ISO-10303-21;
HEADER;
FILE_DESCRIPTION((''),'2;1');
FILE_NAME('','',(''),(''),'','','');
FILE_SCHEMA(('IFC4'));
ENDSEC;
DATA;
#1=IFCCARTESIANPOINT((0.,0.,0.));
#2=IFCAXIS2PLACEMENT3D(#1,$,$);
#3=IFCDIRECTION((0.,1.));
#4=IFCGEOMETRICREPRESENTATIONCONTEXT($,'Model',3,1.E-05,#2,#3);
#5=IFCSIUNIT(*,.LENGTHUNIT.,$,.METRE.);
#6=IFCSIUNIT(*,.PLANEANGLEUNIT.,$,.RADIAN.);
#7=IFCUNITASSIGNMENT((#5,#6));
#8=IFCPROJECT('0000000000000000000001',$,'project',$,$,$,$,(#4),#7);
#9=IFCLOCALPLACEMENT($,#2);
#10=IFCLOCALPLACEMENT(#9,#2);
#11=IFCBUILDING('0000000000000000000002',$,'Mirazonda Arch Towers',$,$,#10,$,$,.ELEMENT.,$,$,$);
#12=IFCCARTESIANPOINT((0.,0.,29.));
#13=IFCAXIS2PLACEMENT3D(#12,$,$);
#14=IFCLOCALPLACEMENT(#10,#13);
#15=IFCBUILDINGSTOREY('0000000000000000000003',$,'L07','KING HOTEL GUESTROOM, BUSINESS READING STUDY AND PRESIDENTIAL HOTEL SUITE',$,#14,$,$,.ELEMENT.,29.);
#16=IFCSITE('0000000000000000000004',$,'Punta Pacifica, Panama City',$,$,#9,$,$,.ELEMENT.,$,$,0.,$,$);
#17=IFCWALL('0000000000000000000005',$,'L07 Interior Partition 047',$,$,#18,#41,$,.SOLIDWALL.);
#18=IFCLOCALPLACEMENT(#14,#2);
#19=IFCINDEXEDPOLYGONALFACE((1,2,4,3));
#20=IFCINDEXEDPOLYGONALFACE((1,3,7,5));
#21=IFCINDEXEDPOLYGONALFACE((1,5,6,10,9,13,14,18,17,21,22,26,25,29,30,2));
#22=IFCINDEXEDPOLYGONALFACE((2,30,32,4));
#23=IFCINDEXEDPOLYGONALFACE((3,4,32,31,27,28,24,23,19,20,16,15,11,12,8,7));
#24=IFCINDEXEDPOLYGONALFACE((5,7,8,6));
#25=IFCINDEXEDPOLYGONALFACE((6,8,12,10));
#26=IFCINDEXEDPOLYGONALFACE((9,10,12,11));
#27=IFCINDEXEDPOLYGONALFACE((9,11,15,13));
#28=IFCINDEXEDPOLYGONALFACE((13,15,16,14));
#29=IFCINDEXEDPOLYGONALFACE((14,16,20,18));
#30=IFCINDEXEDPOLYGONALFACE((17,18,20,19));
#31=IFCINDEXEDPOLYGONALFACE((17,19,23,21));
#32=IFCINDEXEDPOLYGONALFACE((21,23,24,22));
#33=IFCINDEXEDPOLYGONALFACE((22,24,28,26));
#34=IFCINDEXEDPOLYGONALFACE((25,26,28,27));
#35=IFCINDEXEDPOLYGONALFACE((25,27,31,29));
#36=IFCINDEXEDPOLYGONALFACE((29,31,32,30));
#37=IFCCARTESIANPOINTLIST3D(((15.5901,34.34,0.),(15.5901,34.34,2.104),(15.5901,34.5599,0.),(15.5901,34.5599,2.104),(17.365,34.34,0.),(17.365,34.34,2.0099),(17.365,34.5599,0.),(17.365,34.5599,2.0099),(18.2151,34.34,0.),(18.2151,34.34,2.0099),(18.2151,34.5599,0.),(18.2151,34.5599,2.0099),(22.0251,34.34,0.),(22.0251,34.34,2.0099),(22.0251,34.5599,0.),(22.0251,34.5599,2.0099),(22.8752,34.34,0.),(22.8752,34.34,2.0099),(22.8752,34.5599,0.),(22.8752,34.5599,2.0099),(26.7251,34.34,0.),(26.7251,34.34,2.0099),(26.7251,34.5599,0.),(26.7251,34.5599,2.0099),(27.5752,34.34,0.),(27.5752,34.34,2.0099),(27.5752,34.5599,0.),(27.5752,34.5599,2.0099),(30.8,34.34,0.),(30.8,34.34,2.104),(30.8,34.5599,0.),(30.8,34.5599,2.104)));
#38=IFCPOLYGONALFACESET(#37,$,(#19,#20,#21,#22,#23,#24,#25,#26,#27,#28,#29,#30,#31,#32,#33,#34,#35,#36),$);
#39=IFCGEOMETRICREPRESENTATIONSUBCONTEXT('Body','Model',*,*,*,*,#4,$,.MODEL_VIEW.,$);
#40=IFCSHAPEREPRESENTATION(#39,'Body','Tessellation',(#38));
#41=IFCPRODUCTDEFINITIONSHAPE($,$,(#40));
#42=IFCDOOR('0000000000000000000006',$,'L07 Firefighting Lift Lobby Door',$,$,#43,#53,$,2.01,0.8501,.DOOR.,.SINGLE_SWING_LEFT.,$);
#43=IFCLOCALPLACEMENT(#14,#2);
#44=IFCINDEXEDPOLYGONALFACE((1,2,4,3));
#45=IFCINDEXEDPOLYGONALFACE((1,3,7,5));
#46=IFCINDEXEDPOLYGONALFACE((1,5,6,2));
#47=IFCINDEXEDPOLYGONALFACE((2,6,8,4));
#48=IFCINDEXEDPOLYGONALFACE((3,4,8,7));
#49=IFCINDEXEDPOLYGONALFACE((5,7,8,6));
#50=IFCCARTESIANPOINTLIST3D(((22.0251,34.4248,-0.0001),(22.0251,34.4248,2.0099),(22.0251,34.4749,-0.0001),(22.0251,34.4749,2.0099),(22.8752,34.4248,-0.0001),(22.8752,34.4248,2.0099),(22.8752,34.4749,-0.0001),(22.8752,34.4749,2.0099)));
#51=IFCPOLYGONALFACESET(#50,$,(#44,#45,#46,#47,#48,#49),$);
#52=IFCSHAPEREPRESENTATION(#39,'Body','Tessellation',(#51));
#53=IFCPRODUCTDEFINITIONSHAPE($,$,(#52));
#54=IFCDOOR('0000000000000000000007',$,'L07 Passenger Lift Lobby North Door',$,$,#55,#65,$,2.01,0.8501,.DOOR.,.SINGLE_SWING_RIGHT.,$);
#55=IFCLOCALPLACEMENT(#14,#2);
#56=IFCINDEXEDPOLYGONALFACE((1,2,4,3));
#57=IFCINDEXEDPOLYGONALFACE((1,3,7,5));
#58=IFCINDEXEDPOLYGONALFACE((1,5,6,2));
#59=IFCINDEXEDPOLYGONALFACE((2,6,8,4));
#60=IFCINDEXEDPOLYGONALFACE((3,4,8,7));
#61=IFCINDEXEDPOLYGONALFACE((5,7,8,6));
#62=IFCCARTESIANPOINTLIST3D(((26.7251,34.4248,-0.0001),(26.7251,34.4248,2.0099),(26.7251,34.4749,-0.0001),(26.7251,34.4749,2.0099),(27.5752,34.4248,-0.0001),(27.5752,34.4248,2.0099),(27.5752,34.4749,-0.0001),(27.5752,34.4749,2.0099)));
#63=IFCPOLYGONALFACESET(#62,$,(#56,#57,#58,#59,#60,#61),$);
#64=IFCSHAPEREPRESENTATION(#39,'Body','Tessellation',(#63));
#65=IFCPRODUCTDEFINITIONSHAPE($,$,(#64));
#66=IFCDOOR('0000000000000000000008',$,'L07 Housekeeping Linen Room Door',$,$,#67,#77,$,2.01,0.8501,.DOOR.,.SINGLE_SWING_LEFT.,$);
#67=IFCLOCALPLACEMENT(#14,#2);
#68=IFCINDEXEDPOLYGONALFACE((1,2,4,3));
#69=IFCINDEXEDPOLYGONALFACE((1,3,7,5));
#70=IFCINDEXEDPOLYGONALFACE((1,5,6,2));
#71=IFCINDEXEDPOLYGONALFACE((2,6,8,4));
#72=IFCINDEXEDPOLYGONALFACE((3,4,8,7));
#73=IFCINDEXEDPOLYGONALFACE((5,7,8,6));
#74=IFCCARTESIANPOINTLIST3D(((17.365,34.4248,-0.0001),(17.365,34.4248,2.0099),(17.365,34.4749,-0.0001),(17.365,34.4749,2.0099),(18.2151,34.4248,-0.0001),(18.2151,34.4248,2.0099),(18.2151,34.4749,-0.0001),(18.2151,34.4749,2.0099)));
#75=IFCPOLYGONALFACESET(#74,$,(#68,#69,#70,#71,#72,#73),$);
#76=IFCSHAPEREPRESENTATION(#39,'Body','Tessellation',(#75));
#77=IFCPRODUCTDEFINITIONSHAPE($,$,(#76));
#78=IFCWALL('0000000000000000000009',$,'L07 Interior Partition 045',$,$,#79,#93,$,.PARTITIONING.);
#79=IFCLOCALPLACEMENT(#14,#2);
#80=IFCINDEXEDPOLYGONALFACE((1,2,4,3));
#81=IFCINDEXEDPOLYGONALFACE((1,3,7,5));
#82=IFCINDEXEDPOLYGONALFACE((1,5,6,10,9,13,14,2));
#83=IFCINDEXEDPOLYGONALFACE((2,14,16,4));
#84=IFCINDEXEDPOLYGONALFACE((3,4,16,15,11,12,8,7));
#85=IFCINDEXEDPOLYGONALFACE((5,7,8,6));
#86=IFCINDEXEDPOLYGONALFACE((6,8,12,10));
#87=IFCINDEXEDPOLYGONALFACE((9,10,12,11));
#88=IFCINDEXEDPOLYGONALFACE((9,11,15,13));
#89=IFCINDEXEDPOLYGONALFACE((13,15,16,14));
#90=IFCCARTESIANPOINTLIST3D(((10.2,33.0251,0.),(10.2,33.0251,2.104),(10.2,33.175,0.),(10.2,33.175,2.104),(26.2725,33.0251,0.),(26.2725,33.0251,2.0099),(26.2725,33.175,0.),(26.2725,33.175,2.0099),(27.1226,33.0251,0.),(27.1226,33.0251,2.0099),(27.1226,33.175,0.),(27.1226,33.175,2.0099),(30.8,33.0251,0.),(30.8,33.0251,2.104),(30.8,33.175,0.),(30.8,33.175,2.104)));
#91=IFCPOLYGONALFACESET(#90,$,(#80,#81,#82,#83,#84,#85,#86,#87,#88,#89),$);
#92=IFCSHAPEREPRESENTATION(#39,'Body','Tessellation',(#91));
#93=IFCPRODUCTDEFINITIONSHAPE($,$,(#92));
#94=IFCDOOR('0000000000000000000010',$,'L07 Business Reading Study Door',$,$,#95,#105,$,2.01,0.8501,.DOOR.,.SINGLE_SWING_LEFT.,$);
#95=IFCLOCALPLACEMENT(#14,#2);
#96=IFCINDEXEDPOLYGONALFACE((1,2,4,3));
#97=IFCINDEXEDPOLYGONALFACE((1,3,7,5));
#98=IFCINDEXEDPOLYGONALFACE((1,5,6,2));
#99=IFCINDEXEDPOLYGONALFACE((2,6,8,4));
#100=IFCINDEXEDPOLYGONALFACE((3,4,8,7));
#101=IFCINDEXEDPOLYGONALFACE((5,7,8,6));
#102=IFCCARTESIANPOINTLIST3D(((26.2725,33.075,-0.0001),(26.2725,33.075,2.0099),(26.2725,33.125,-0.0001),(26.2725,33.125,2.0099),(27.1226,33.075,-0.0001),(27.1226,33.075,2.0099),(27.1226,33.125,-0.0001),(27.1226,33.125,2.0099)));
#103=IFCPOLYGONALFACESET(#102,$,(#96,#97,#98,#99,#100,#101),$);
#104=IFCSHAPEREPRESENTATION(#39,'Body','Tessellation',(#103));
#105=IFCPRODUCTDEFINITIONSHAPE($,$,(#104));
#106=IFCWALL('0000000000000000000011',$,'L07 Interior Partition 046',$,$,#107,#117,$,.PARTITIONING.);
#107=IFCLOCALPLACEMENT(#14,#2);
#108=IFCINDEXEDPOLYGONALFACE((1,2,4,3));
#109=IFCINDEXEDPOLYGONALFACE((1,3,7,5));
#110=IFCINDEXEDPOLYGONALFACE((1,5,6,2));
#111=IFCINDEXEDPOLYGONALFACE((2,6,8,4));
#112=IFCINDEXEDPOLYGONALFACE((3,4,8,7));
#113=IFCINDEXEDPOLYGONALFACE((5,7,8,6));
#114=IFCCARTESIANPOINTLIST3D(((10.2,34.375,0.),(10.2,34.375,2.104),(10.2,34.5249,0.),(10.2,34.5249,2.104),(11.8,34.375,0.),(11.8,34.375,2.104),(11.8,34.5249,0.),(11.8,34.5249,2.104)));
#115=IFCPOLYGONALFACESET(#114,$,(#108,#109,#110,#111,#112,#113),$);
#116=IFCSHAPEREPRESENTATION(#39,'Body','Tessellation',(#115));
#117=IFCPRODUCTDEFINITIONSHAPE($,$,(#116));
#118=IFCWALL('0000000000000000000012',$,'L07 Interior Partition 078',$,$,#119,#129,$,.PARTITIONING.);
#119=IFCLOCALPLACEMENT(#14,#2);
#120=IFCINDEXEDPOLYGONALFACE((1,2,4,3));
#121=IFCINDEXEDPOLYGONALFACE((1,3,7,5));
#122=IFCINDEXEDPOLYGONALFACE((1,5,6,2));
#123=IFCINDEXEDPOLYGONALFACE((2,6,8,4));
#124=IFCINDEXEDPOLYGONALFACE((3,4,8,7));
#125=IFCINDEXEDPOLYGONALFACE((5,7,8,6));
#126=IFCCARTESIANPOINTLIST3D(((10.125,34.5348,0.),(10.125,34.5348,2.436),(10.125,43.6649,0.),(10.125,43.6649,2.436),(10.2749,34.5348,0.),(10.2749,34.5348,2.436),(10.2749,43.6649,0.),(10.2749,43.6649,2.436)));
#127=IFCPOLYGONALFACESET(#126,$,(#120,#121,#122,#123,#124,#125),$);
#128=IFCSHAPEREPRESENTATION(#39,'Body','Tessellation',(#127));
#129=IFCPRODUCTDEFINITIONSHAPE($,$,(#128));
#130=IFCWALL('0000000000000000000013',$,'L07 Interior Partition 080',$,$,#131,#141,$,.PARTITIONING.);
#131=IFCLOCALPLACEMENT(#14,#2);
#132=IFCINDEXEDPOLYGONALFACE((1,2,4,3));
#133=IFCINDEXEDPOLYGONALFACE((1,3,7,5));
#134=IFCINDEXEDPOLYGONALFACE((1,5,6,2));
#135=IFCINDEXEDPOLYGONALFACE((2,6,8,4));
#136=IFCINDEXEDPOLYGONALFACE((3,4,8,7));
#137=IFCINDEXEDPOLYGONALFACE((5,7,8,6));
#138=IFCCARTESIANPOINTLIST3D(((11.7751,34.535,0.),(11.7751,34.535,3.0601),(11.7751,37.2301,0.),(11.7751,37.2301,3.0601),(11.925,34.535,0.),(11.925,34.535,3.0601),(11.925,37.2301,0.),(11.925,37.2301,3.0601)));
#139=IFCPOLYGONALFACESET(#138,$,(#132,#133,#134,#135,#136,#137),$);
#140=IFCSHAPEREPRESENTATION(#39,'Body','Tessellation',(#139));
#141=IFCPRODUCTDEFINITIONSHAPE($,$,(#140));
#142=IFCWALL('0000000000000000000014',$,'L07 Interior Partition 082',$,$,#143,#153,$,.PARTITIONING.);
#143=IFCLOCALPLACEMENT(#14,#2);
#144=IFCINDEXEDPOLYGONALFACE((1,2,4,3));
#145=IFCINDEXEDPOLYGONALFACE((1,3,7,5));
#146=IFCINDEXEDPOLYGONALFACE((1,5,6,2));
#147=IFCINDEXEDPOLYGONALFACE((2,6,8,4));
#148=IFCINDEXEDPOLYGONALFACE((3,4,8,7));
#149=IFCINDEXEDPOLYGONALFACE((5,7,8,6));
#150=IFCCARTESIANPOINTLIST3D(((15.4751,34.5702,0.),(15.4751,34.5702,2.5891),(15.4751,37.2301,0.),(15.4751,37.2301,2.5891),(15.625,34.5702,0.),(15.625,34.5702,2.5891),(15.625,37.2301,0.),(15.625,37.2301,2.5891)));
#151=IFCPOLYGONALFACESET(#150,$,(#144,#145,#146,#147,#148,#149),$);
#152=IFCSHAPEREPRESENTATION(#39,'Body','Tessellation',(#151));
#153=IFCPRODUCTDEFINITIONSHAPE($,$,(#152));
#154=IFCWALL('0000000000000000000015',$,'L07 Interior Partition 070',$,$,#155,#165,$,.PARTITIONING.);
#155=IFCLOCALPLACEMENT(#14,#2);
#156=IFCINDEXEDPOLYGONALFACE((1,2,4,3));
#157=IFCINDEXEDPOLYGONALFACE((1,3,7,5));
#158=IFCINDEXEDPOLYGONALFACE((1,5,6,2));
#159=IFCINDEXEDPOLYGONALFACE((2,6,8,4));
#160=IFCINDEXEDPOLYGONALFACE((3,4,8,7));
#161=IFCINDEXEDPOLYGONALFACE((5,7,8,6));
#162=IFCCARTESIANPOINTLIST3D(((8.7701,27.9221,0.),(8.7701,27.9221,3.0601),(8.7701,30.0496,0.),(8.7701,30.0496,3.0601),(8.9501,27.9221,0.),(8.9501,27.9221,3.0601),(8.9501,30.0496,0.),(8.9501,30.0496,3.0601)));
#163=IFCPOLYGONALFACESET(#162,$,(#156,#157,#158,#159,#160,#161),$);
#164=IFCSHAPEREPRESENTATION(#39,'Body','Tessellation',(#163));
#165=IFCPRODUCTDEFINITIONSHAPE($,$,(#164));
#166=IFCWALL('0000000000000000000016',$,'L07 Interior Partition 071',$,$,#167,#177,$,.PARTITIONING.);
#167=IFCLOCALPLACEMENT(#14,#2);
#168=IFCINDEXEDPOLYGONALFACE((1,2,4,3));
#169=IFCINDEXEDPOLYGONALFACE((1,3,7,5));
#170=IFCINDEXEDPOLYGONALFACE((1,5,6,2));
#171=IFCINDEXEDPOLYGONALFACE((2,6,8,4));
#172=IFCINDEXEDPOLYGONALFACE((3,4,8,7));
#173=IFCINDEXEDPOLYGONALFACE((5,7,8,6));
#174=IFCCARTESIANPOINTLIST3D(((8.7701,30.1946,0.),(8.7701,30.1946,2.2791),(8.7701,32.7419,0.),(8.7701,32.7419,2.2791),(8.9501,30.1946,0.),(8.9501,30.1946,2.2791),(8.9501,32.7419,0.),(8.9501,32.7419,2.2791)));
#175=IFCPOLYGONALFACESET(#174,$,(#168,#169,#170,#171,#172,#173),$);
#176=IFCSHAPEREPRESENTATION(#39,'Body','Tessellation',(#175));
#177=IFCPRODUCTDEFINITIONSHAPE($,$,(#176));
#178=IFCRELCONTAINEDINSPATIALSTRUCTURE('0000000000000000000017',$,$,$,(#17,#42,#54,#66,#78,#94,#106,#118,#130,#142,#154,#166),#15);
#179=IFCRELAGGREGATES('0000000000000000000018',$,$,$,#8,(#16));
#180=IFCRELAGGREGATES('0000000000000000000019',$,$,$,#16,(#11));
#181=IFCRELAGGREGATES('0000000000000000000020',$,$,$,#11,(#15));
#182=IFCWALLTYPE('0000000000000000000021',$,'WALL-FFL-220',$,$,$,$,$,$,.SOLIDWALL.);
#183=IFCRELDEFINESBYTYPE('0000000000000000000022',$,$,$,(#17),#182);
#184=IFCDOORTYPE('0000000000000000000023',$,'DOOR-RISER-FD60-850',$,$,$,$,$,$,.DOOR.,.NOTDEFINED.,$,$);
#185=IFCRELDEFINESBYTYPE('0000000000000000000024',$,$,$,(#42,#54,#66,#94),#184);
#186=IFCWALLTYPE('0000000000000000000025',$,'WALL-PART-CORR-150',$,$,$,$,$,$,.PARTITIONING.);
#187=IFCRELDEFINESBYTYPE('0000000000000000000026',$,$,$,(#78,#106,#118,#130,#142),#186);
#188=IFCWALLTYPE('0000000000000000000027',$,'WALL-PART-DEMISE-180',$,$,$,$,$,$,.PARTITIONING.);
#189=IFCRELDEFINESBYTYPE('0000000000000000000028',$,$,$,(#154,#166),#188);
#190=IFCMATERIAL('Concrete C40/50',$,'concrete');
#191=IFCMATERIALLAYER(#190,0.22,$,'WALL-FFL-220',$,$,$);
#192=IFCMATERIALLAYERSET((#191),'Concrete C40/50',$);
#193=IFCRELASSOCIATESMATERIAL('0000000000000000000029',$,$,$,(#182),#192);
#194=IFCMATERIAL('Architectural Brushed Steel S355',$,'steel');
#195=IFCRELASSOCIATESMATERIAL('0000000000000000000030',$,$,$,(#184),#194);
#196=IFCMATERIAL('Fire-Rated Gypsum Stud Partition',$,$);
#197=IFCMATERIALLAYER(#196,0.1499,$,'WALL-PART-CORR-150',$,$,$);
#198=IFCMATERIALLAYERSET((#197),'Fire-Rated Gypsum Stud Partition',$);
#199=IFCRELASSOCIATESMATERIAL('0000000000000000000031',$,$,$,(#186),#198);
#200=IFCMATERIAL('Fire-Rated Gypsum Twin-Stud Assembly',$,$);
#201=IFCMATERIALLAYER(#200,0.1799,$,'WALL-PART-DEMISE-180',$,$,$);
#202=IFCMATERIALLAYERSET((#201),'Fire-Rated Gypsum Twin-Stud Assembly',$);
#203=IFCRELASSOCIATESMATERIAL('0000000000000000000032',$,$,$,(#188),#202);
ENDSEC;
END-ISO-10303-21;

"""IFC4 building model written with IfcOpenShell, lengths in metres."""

from ifc_helpers import new_model, si_unit, direction, frame, frame_2d, origin, place, context, subcontext, project, spatial, rectangle, extrude, material, layer, layer_set, type_object, element, fill, save


model = new_model("IFC4")

# Units and contexts
model_context = context("Model", 3, precision=1e-05, world=origin(), true_north=direction((0.0, 1.0)))
body_context = subcontext(model_context, "Body", "Model", "MODEL_VIEW")
ifc_project = project(units=[si_unit("LENGTHUNIT", "METRE"), si_unit("PLANEANGLEUNIT", "RADIAN")], contexts=[model_context])

# Site, building, storey
site_placement = place(None, origin())
site = spatial("IfcSite", under=ifc_project, at=site_placement, Name="Punta Pacifica, Panama City", CompositionType="ELEMENT", RefElevation=0.0)
building_placement = place(site_placement, origin())
building = spatial("IfcBuilding", under=site, at=building_placement, Name="Mirazonda Arch Towers", CompositionType="ELEMENT")
storey_placement = place(building_placement, frame((0.0, 0.0, 29.0)))
storey = spatial("IfcBuildingStorey", under=building, at=storey_placement, Name="L07", Description="KING HOTEL GUESTROOM, BUSINESS READING STUDY AND PRESIDENTIAL HOTEL SUITE", CompositionType="ELEMENT", Elevation=29.0)

# Wall, openings, doors
ifc_material_1 = material(Name="Architectural Brushed Steel S355", Category="steel")
ifc_material_2 = material(Name="Concrete C40/50", Category="concrete")
ifc_layer_1 = layer(ifc_material_2, 0.22, Name="WALL-FFL-220")
ifc_layer_set_1 = layer_set([ifc_layer_1], Name="Concrete C40/50")
wall_type_1 = type_object("IfcWallType", Name="WALL-FFL-220", PredefinedType="SOLIDWALL", material=ifc_layer_set_1)
wall_1_placement = place(storey_placement, frame((15.5901, 34.45, 0.0), z_axis=(0.0, 0.0, 1.0), x_axis=(1.0, 0.0, 0.0)))
wall_1 = element("IfcWall", 1, at=wall_1_placement, inside=storey, type_object=wall_type_1, Name="L07 Interior Partition 047", PredefinedType="SOLIDWALL", context=body_context, shape_type="SweptSolid", body=[
    extrude(rectangle(XDim=15.21, YDim=0.22, at=frame_2d((7.605, 0.0))), origin(), (0.0, 0.0, 1.0), 2.104),
])
opening_1_placement = place(wall_1_placement, frame((6.4351, 0.0, 0.0)))
opening_1 = element("IfcOpeningElement", 2, at=opening_1_placement, cuts=wall_1, PredefinedType="OPENING", context=body_context, shape_type="SweptSolid", body=[
    extrude(rectangle(XDim=0.8501, YDim=2.01, at=frame_2d((0.425, 1.0049))), frame((0.0, 0.1199, 0.0), z_axis=(0.0, -1.0, 0.0), x_axis=(1.0, 0.0, 0.0)), (0.0, 0.0, 1.0), 0.24),
])
opening_2_placement = place(wall_1_placement, frame((11.135, 0.0, 0.0)))
opening_2 = element("IfcOpeningElement", 3, at=opening_2_placement, cuts=wall_1, PredefinedType="OPENING", context=body_context, shape_type="SweptSolid", body=[
    extrude(rectangle(XDim=0.8501, YDim=2.01, at=frame_2d((0.425, 1.0049))), frame((0.0, 0.1199, 0.0), z_axis=(0.0, -1.0, 0.0), x_axis=(1.0, 0.0, 0.0)), (0.0, 0.0, 1.0), 0.24),
])
opening_3_placement = place(wall_1_placement, frame((1.7749, 0.0, 0.0)))
opening_3 = element("IfcOpeningElement", 4, at=opening_3_placement, cuts=wall_1, PredefinedType="OPENING", context=body_context, shape_type="SweptSolid", body=[
    extrude(rectangle(XDim=0.8501, YDim=2.01, at=frame_2d((0.425, 1.0049))), frame((0.0, 0.1199, 0.0), z_axis=(0.0, -1.0, 0.0), x_axis=(1.0, 0.0, 0.0)), (0.0, 0.0, 1.0), 0.24),
])
door_type_1 = type_object("IfcDoorType", Name="DOOR-RISER-FD60-850", OperationType="NOTDEFINED", PredefinedType="DOOR", material=ifc_material_1)
door_1_placement = place(opening_1_placement, origin())
door_1 = element("IfcDoor", 5, at=door_1_placement, inside=storey, type_object=door_type_1, Name="L07 Firefighting Lift Lobby Door", OperationType="SINGLE_SWING_LEFT", OverallHeight=2.01, OverallWidth=0.8501, PredefinedType="DOOR", context=body_context, shape_type="SweptSolid", body=[
    extrude(rectangle(XDim=0.8501, YDim=2.01, at=frame_2d((0.425, 1.0049))), frame((0.0, 0.0249, 0.0), z_axis=(0.0, -1.0, 0.0), x_axis=(1.0, 0.0, 0.0)), (0.0, 0.0, 1.0), 0.05),
])
fill(opening_1, door_1)
door_2_placement = place(opening_2_placement, origin())
door_2 = element("IfcDoor", 6, at=door_2_placement, inside=storey, type_object=door_type_1, Name="L07 Passenger Lift Lobby North Door", OperationType="SINGLE_SWING_RIGHT", OverallHeight=2.01, OverallWidth=0.8501, PredefinedType="DOOR", context=body_context, shape_type="SweptSolid", body=[
    extrude(rectangle(XDim=0.8501, YDim=2.01, at=frame_2d((0.425, 1.0049))), frame((0.0, 0.0249, 0.0), z_axis=(0.0, -1.0, 0.0), x_axis=(1.0, 0.0, 0.0)), (0.0, 0.0, 1.0), 0.05),
])
fill(opening_2, door_2)
door_3_placement = place(opening_3_placement, origin())
door_3 = element("IfcDoor", 7, at=door_3_placement, inside=storey, type_object=door_type_1, Name="L07 Housekeeping Linen Room Door", OperationType="SINGLE_SWING_LEFT", OverallHeight=2.01, OverallWidth=0.8501, PredefinedType="DOOR", context=body_context, shape_type="SweptSolid", body=[
    extrude(rectangle(XDim=0.8501, YDim=2.01, at=frame_2d((0.425, 1.0049))), frame((0.0, 0.0249, 0.0), z_axis=(0.0, -1.0, 0.0), x_axis=(1.0, 0.0, 0.0)), (0.0, 0.0, 1.0), 0.05),
])
fill(opening_3, door_3)

# Wall, opening, door
ifc_material_3 = material(Name="Fire-Rated Gypsum Stud Partition")
ifc_layer_2 = layer(ifc_material_3, 0.1499, Name="WALL-PART-CORR-150")
ifc_layer_set_2 = layer_set([ifc_layer_2], Name="Fire-Rated Gypsum Stud Partition")
wall_type_2 = type_object("IfcWallType", Name="WALL-PART-CORR-150", PredefinedType="PARTITIONING", material=ifc_layer_set_2)
wall_2_placement = place(storey_placement, frame((10.2, 33.1001, 0.0), z_axis=(0.0, 0.0, 1.0), x_axis=(1.0, 0.0, 0.0)))
wall_2 = element("IfcWall", 8, at=wall_2_placement, inside=storey, type_object=wall_type_2, Name="L07 Interior Partition 045", PredefinedType="PARTITIONING", context=body_context, shape_type="SweptSolid", body=[
    extrude(rectangle(XDim=20.6001, YDim=0.1499, at=frame_2d((10.3, 0.0))), origin(), (0.0, 0.0, 1.0), 2.104),
])
opening_4_placement = place(wall_2_placement, frame((16.0725, 0.0, 0.0)))
opening_4 = element("IfcOpeningElement", 9, at=opening_4_placement, cuts=wall_2, PredefinedType="OPENING", context=body_context, shape_type="SweptSolid", body=[
    extrude(rectangle(XDim=0.8501, YDim=2.01, at=frame_2d((0.425, 1.0049))), frame((0.0, 0.085, 0.0), z_axis=(0.0, -1.0, 0.0), x_axis=(1.0, 0.0, 0.0)), (0.0, 0.0, 1.0), 0.1699),
])
door_4_placement = place(opening_4_placement, origin())
door_4 = element("IfcDoor", 10, at=door_4_placement, inside=storey, type_object=door_type_1, Name="L07 Business Reading Study Door", OperationType="SINGLE_SWING_LEFT", OverallHeight=2.01, OverallWidth=0.8501, PredefinedType="DOOR", context=body_context, shape_type="SweptSolid", body=[
    extrude(rectangle(XDim=0.8501, YDim=2.01, at=frame_2d((0.425, 1.0049))), frame((0.0, 0.0249, 0.0), z_axis=(0.0, -1.0, 0.0), x_axis=(1.0, 0.0, 0.0)), (0.0, 0.0, 1.0), 0.05),
])
fill(opening_4, door_4)

# Walls
wall_3_placement = place(storey_placement, frame((10.2, 34.45, 0.0), z_axis=(0.0, 0.0, 1.0), x_axis=(1.0, 0.0, 0.0)))
element("IfcWall", 11, at=wall_3_placement, inside=storey, type_object=wall_type_2, Name="L07 Interior Partition 046", PredefinedType="PARTITIONING", context=body_context, shape_type="SweptSolid", body=[
    extrude(rectangle(XDim=1.6001, YDim=0.1499, at=frame_2d((0.8, 0.0))), origin(), (0.0, 0.0, 1.0), 2.104),
])
wall_4_placement = place(storey_placement, frame((10.2, 34.5349, 0.0), z_axis=(0.0, 0.0, 1.0), x_axis=(0.0, 1.0, 0.0)))
element("IfcWall", 12, at=wall_4_placement, inside=storey, type_object=wall_type_2, Name="L07 Interior Partition 078", PredefinedType="PARTITIONING", context=body_context, shape_type="SweptSolid", body=[
    extrude(rectangle(XDim=9.1301, YDim=0.1499, at=frame_2d((4.5649, 0.0))), origin(), (0.0, 0.0, 1.0), 2.436),
])
wall_5_placement = place(storey_placement, frame((11.8501, 34.5349, 0.0), z_axis=(0.0, 0.0, 1.0), x_axis=(0.0, 1.0, 0.0)))
element("IfcWall", 13, at=wall_5_placement, inside=storey, type_object=wall_type_2, Name="L07 Interior Partition 080", PredefinedType="PARTITIONING", context=body_context, shape_type="SweptSolid", body=[
    extrude(rectangle(XDim=2.6951, YDim=0.1499, at=frame_2d((1.3477, 0.0))), origin(), (0.0, 0.0, 1.0), 3.0601),
])
wall_6_placement = place(storey_placement, frame((15.55, 34.5701, 0.0), z_axis=(0.0, 0.0, 1.0), x_axis=(0.0, 1.0, 0.0)))
element("IfcWall", 14, at=wall_6_placement, inside=storey, type_object=wall_type_2, Name="L07 Interior Partition 082", PredefinedType="PARTITIONING", context=body_context, shape_type="SweptSolid", body=[
    extrude(rectangle(XDim=2.6599, YDim=0.1499, at=frame_2d((1.3301, 0.0))), origin(), (0.0, 0.0, 1.0), 2.5891),
])
ifc_material_4 = material(Name="Fire-Rated Gypsum Twin-Stud Assembly")
ifc_layer_3 = layer(ifc_material_4, 0.1799, Name="WALL-PART-DEMISE-180")
ifc_layer_set_3 = layer_set([ifc_layer_3], Name="Fire-Rated Gypsum Twin-Stud Assembly")
wall_type_3 = type_object("IfcWallType", Name="WALL-PART-DEMISE-180", PredefinedType="PARTITIONING", material=ifc_layer_set_3)
wall_7_placement = place(storey_placement, frame((8.8601, 27.9221, 0.0), z_axis=(0.0, 0.0, 1.0), x_axis=(0.0, 1.0, 0.0)))
element("IfcWall", 15, at=wall_7_placement, inside=storey, type_object=wall_type_3, Name="L07 Interior Partition 070", PredefinedType="PARTITIONING", context=body_context, shape_type="SweptSolid", body=[
    extrude(rectangle(XDim=2.1274, YDim=0.1799, at=frame_2d((1.0637, 0.0))), origin(), (0.0, 0.0, 1.0), 3.0601),
])
wall_8_placement = place(storey_placement, frame((8.8601, 30.1946, 0.0), z_axis=(0.0, 0.0, 1.0), x_axis=(0.0, 1.0, 0.0)))
element("IfcWall", 16, at=wall_8_placement, inside=storey, type_object=wall_type_3, Name="L07 Interior Partition 071", PredefinedType="PARTITIONING", context=body_context, shape_type="SweptSolid", body=[
    extrude(rectangle(XDim=2.5474, YDim=0.1799, at=frame_2d((1.2737, 0.0))), origin(), (0.0, 0.0, 1.0), 2.2791),
])

save(model, "model.ifc")
